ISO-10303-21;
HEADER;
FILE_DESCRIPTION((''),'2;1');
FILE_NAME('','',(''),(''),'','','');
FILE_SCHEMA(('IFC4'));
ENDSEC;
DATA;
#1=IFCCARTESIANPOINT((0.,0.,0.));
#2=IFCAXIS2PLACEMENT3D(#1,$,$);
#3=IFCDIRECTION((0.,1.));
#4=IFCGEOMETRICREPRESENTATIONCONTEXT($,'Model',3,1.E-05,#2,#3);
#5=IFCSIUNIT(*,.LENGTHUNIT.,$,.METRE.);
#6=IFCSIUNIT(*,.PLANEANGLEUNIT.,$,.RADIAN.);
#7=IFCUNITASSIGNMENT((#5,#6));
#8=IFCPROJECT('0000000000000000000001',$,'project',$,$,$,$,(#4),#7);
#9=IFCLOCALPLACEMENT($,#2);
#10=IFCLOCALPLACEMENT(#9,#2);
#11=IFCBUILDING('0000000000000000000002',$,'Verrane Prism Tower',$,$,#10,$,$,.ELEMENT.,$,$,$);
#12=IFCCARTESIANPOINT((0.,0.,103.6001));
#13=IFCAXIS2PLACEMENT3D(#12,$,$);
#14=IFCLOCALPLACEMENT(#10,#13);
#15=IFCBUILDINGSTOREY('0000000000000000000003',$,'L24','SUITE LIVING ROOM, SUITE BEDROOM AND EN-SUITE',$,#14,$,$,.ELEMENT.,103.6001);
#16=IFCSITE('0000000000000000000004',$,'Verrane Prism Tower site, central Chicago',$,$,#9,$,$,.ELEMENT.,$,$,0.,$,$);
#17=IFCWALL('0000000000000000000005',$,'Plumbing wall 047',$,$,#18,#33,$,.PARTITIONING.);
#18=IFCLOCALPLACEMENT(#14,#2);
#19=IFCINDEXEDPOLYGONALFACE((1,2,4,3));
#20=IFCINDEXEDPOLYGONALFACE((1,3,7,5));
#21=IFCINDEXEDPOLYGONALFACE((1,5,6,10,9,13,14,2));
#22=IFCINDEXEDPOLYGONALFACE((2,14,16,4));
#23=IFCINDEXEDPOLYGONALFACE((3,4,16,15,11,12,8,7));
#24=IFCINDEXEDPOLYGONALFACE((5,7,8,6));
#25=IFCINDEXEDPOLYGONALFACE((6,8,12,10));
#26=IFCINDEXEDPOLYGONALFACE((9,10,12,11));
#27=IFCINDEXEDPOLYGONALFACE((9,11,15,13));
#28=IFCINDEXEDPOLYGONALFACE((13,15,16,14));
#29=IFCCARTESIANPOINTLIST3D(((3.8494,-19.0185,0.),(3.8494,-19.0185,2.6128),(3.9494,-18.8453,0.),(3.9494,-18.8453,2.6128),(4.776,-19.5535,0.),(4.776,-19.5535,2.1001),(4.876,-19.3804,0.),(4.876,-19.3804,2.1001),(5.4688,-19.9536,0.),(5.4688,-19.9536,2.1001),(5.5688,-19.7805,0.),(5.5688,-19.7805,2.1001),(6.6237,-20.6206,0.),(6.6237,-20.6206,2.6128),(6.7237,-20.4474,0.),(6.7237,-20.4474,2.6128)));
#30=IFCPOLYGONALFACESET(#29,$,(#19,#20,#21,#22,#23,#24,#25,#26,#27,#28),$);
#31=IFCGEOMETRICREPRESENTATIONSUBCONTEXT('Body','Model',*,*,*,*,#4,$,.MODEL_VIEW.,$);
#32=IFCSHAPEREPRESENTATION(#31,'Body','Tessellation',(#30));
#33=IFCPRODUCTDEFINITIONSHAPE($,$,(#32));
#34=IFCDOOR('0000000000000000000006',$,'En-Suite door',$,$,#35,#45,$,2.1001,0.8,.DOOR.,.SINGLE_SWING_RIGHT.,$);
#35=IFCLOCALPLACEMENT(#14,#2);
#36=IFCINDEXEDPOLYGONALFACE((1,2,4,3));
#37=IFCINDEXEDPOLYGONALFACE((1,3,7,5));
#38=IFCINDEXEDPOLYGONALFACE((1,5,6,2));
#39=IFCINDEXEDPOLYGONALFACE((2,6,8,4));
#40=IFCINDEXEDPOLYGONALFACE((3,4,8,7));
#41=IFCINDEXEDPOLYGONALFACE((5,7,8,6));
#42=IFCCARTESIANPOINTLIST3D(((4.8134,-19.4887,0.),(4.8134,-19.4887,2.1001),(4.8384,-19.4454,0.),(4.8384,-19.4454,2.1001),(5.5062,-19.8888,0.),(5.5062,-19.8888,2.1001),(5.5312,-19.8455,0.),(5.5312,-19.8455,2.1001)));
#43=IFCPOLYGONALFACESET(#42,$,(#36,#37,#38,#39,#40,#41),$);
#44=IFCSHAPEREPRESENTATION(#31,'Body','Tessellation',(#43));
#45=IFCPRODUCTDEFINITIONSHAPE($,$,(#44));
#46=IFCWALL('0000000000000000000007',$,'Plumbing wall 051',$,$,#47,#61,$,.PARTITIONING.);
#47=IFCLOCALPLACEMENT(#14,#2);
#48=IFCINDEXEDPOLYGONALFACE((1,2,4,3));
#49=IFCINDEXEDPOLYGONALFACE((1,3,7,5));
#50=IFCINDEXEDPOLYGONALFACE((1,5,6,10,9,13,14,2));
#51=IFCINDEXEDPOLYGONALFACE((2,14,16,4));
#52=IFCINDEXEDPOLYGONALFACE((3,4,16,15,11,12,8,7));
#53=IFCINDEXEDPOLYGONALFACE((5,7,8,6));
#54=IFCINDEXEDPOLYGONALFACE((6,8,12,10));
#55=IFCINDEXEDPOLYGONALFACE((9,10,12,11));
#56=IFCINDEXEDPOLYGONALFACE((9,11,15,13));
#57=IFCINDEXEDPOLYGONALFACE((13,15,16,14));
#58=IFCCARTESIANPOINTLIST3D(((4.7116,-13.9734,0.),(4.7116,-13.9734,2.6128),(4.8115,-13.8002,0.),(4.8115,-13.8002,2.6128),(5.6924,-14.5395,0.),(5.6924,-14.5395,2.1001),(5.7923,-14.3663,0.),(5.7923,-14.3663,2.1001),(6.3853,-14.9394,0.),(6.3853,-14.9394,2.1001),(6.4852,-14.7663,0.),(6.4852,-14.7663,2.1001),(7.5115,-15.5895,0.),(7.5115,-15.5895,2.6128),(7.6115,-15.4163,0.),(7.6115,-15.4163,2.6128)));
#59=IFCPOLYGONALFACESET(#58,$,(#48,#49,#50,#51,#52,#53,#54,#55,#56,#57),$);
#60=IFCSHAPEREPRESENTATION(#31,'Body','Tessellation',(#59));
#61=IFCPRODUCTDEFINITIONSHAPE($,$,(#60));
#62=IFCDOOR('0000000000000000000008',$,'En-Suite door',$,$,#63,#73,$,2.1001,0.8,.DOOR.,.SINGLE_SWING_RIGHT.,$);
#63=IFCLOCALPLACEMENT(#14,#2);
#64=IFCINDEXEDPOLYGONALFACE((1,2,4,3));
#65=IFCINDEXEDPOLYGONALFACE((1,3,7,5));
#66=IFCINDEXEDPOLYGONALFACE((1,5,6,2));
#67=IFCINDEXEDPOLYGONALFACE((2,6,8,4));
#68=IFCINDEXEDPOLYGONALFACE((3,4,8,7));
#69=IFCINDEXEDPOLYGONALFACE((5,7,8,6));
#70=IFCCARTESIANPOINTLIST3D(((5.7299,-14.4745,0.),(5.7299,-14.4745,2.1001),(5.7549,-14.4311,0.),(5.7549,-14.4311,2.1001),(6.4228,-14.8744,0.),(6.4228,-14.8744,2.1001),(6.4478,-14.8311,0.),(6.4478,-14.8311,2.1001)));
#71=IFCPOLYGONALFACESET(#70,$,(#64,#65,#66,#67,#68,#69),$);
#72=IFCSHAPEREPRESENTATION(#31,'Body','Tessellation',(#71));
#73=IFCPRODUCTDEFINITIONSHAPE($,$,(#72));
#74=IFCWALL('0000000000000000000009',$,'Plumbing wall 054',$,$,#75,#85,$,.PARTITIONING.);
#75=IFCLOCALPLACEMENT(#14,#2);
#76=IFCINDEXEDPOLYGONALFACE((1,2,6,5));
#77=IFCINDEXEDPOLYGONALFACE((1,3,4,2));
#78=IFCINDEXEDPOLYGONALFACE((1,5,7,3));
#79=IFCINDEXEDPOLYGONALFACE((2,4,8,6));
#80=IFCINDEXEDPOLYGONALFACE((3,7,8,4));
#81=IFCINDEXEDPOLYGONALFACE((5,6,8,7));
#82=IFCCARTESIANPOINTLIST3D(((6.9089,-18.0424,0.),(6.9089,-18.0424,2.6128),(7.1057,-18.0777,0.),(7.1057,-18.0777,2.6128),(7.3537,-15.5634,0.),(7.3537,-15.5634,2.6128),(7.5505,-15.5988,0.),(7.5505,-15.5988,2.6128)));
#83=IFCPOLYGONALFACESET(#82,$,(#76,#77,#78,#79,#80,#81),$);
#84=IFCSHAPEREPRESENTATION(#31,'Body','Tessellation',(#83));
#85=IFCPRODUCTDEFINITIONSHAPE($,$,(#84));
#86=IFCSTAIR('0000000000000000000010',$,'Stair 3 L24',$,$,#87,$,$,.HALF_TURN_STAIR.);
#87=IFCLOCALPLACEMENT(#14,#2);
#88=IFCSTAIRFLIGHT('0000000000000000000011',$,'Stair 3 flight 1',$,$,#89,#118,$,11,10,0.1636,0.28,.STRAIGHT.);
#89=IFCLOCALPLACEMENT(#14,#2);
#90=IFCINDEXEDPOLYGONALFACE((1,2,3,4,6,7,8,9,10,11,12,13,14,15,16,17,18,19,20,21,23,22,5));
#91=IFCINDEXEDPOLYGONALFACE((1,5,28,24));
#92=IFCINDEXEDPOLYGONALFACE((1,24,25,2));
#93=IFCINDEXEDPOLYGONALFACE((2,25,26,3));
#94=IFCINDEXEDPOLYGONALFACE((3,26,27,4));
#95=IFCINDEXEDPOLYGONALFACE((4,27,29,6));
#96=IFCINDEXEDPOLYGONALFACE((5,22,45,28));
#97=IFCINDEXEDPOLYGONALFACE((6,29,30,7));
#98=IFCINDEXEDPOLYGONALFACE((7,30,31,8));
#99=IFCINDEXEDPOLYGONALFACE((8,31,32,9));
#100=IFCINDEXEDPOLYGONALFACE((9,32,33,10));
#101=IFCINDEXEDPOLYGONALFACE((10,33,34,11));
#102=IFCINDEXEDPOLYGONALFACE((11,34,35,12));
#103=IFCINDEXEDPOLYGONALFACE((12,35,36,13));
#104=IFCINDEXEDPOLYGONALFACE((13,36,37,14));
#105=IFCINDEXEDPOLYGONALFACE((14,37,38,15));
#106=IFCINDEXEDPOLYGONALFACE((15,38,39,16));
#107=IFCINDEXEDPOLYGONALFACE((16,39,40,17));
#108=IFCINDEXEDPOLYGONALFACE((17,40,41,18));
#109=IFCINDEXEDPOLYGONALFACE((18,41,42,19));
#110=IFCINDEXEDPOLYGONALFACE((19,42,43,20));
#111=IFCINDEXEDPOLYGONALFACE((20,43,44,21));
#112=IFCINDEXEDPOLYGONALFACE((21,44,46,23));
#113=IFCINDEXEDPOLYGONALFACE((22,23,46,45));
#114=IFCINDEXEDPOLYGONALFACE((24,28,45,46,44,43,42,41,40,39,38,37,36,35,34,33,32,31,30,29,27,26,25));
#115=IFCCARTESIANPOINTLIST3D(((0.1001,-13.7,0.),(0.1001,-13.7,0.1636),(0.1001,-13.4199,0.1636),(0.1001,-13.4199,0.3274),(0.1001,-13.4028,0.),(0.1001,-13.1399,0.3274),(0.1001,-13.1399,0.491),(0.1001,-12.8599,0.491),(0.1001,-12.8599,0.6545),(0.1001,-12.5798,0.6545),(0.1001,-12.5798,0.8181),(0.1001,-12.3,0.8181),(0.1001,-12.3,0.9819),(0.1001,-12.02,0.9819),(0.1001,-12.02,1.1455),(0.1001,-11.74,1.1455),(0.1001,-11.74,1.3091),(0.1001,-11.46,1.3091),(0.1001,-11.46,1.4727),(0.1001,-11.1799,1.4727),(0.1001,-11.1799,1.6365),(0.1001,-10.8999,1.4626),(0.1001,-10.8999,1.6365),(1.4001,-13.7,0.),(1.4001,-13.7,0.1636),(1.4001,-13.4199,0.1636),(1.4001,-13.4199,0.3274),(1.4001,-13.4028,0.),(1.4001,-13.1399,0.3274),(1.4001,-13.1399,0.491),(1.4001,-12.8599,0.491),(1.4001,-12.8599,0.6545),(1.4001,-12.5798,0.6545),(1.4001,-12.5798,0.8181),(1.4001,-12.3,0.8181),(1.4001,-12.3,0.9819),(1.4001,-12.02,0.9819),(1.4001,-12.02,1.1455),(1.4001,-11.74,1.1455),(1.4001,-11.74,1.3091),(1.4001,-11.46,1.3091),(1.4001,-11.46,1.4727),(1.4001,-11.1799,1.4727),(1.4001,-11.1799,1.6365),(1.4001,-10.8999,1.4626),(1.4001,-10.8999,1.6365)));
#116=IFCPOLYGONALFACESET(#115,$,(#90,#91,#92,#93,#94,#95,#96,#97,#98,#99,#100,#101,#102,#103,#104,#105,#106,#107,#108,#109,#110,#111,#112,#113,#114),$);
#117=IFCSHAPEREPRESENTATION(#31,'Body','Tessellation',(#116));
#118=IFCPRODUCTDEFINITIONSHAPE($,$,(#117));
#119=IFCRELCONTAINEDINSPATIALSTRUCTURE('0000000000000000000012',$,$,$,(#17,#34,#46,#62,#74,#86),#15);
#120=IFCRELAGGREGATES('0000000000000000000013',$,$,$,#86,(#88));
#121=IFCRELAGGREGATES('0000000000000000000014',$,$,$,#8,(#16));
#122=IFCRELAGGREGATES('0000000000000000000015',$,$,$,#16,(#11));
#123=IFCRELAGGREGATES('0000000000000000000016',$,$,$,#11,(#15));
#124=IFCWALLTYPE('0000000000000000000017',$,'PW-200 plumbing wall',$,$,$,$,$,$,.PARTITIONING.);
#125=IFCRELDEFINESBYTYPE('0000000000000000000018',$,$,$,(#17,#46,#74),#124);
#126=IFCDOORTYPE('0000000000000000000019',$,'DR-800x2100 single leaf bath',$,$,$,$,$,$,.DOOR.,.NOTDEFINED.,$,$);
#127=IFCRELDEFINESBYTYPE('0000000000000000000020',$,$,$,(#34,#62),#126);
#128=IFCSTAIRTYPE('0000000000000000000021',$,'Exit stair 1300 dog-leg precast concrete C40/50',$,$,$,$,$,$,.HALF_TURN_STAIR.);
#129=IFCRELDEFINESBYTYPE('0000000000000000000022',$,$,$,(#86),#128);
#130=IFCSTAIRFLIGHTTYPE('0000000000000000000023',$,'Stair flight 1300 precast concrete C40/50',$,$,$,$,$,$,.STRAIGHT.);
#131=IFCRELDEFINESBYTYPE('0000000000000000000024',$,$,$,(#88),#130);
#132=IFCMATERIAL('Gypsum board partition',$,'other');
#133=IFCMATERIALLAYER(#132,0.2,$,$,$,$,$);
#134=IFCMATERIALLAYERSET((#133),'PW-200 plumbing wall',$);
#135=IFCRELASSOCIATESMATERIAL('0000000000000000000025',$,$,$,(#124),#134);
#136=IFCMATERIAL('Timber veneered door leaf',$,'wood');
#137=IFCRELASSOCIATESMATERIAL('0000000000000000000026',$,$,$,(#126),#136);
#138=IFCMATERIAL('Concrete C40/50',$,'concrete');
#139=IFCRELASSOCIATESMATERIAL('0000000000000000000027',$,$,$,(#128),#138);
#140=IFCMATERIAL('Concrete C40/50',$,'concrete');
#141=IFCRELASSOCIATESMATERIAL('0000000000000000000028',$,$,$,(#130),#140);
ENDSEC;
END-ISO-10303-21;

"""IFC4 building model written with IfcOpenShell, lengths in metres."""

from ifc_helpers import new_model, si_unit, direction, frame, frame_2d, origin, place, context, subcontext, project, spatial, polyline, rectangle, outline, extrude, material, layer, layer_set, type_object, element, fill, aggregate, save


model = new_model("IFC4")

# Units and contexts
model_context = context("Model", 3, precision=1e-05, world=origin(), true_north=direction((0.0, 1.0)))
body_context = subcontext(model_context, "Body", "Model", "MODEL_VIEW")
ifc_project = project(units=[si_unit("LENGTHUNIT", "METRE"), si_unit("PLANEANGLEUNIT", "RADIAN")], contexts=[model_context])

# Site, building, storey
site_placement = place(None, origin())
site = spatial("IfcSite", under=ifc_project, at=site_placement, Name="Verrane Prism Tower site, central Chicago", CompositionType="ELEMENT", RefElevation=0.0)
building_placement = place(site_placement, origin())
building = spatial("IfcBuilding", under=site, at=building_placement, Name="Verrane Prism Tower", CompositionType="ELEMENT")
storey_placement = place(building_placement, frame((0.0, 0.0, 103.6001)))
storey = spatial("IfcBuildingStorey", under=building, at=storey_placement, Name="L24", Description="SUITE LIVING ROOM, SUITE BEDROOM AND EN-SUITE", CompositionType="ELEMENT", Elevation=103.6001)

# Walls, openings, doors
ifc_material_1 = material(Name="Gypsum board partition", Category="other")
ifc_layer_1 = layer(ifc_material_1, 0.2)
ifc_layer_set_1 = layer_set([ifc_layer_1], Name="PW-200 plumbing wall")
wall_type_1 = type_object("IfcWallType", Name="PW-200 plumbing wall", PredefinedType="PARTITIONING", material=ifc_layer_set_1)
wall_1_placement = place(storey_placement, frame((3.8994, -18.9319, 0.0), z_axis=(0.0, 0.0, 1.0), x_axis=(0.865974, -0.50009, 0.0)))
wall_1 = element("IfcWall", 1, at=wall_1_placement, inside=storey, type_object=wall_type_1, Name="Plumbing wall 047", PredefinedType="PARTITIONING", context=body_context, shape_type="SweptSolid", body=[
    extrude(rectangle(XDim=3.2036, YDim=0.2, at=frame_2d((1.6018, 0.0))), origin(), (0.0, 0.0, 1.0), 2.6128),
])
opening_1_placement = place(wall_1_placement, frame((1.0701, 0.0, 0.0)))
opening_1 = element("IfcOpeningElement", 2, at=opening_1_placement, cuts=wall_1, PredefinedType="OPENING", context=body_context, shape_type="SweptSolid", body=[
    extrude(rectangle(XDim=0.8, YDim=2.1001, at=frame_2d((0.3999, 1.05))), frame((0.0, 0.1099, 0.0), z_axis=(0.0, -1.0, 0.0), x_axis=(1.0, 0.0, 0.0)), (0.0, 0.0, 1.0), 0.22),
])
ifc_material_2 = material(Name="Timber veneered door leaf", Category="wood")
door_type_1 = type_object("IfcDoorType", Name="DR-800x2100 single leaf bath", OperationType="NOTDEFINED", PredefinedType="DOOR", material=ifc_material_2)
door_1_placement = place(opening_1_placement, origin())
door_1 = element("IfcDoor", 3, at=door_1_placement, inside=storey, type_object=door_type_1, Name="En-Suite door", OperationType="SINGLE_SWING_RIGHT", OverallHeight=2.1001, OverallWidth=0.8, PredefinedType="DOOR", context=body_context, shape_type="SweptSolid", body=[
    extrude(rectangle(XDim=0.8, YDim=2.1001, at=frame_2d((0.3999, 1.05))), frame((0.0, 0.0249, 0.0), z_axis=(0.0, -1.0, 0.0), x_axis=(1.0, 0.0, 0.0)), (0.0, 0.0, 1.0), 0.05),
])
fill(opening_1, door_1)
wall_2_placement = place(storey_placement, frame((7.5615, -15.5029, 0.0), z_axis=(0.0, 0.0, 1.0), x_axis=(-0.866079, 0.499908, 0.0)))
wall_2 = element("IfcWall", 4, at=wall_2_placement, inside=storey, type_object=wall_type_1, Name="Plumbing wall 051", PredefinedType="PARTITIONING", context=body_context, shape_type="SweptSolid", body=[
    extrude(rectangle(XDim=3.2329, YDim=0.2, at=frame_2d((1.6165, 0.0))), origin(), (0.0, 0.0, 1.0), 2.6128),
])
opening_2_placement = place(wall_2_placement, frame((1.3005, 0.0, 0.0)))
opening_2 = element("IfcOpeningElement", 5, at=opening_2_placement, cuts=wall_2, PredefinedType="OPENING", context=body_context, shape_type="SweptSolid", body=[
    extrude(rectangle(XDim=0.8, YDim=2.1001, at=frame_2d((0.3999, 1.05))), frame((0.0, 0.1099, 0.0), z_axis=(0.0, -1.0, 0.0), x_axis=(1.0, 0.0, 0.0)), (0.0, 0.0, 1.0), 0.22),
])
door_2_placement = place(opening_2_placement, origin())
door_2 = element("IfcDoor", 6, at=door_2_placement, inside=storey, type_object=door_type_1, Name="En-Suite door", OperationType="SINGLE_SWING_RIGHT", OverallHeight=2.1001, OverallWidth=0.8, PredefinedType="DOOR", context=body_context, shape_type="SweptSolid", body=[
    extrude(rectangle(XDim=0.8, YDim=2.1001, at=frame_2d((0.3999, 1.05))), frame((0.0, 0.0249, 0.0), z_axis=(0.0, -1.0, 0.0), x_axis=(1.0, 0.0, 0.0)), (0.0, 0.0, 1.0), 0.05),
])
fill(opening_2, door_2)

# Wall
wall_3_placement = place(storey_placement, frame((7.0073, -18.0601, 0.0), z_axis=(0.0, 0.0, 1.0), x_axis=(0.176616, 0.98428, 0.0)))
element("IfcWall", 7, at=wall_3_placement, inside=storey, type_object=wall_type_1, Name="Plumbing wall 054", PredefinedType="PARTITIONING", context=body_context, shape_type="SweptSolid", body=[
    extrude(rectangle(XDim=2.5186, YDim=0.2, at=frame_2d((1.2593, 0.0))), origin(), (0.0, 0.0, 1.0), 2.6128),
])

# Stair, stair flight
ifc_material_3 = material(Name="Concrete C40/50", Category="concrete")
stair_type = type_object("IfcStairType", Name="Exit stair 1300 dog-leg precast concrete C40/50", PredefinedType="HALF_TURN_STAIR", material=ifc_material_3)
stair_placement = place(storey_placement, origin())
stair = element("IfcStair", 8, at=stair_placement, inside=storey, type_object=stair_type, Name="Stair 3 L24", PredefinedType="HALF_TURN_STAIR")
ifc_material_4 = material(Name="Concrete C40/50", Category="concrete")
stair_flight_type = type_object("IfcStairFlightType", Name="Stair flight 1300 precast concrete C40/50", PredefinedType="STRAIGHT", material=ifc_material_4)
stair_flight_placement = place(storey_placement, frame((0.75, -13.7, 0.0), z_axis=(0.0, 0.0, 1.0), x_axis=(0.0, 1.0, 0.0)))
stair_flight = element("IfcStairFlight", 9, at=stair_flight_placement, type_object=stair_flight_type, Name="Stair 3 flight 1", NumberOfRisers=11, NumberOfTreads=10, PredefinedType="STRAIGHT", RiserHeight=0.1636, TreadLength=0.28, context=body_context, shape_type="SweptSolid", body=[
    extrude(outline(polyline([(0.0, 0.0), (0.0, 0.1636), (0.28, 0.1636), (0.28, 0.3274), (0.5601, 0.3274), (0.5601, 0.491), (0.8401, 0.491), (0.8401, 0.6545), (1.1201, 0.6545), (1.1201, 0.8181), (1.3999, 0.8181), (1.3999, 0.9819), (1.6799, 0.9819), (1.6799, 1.1455), (1.96, 1.1455), (1.96, 1.3091), (2.24, 1.3091), (2.24, 1.4727), (2.52, 1.4727), (2.52, 1.6365), (2.8, 1.6365), (2.8, 1.8), (2.8, 1.4626), (0.2971, 0.0), (0.0, 0.0)])), frame((0.0, 0.6499, 0.0), z_axis=(0.0, -1.0, 0.0), x_axis=(1.0, 0.0, 0.0)), (0.0, 0.0, 1.0), 1.3),
])
aggregate(stair, [stair_flight])

save(model, "model.ifc")
